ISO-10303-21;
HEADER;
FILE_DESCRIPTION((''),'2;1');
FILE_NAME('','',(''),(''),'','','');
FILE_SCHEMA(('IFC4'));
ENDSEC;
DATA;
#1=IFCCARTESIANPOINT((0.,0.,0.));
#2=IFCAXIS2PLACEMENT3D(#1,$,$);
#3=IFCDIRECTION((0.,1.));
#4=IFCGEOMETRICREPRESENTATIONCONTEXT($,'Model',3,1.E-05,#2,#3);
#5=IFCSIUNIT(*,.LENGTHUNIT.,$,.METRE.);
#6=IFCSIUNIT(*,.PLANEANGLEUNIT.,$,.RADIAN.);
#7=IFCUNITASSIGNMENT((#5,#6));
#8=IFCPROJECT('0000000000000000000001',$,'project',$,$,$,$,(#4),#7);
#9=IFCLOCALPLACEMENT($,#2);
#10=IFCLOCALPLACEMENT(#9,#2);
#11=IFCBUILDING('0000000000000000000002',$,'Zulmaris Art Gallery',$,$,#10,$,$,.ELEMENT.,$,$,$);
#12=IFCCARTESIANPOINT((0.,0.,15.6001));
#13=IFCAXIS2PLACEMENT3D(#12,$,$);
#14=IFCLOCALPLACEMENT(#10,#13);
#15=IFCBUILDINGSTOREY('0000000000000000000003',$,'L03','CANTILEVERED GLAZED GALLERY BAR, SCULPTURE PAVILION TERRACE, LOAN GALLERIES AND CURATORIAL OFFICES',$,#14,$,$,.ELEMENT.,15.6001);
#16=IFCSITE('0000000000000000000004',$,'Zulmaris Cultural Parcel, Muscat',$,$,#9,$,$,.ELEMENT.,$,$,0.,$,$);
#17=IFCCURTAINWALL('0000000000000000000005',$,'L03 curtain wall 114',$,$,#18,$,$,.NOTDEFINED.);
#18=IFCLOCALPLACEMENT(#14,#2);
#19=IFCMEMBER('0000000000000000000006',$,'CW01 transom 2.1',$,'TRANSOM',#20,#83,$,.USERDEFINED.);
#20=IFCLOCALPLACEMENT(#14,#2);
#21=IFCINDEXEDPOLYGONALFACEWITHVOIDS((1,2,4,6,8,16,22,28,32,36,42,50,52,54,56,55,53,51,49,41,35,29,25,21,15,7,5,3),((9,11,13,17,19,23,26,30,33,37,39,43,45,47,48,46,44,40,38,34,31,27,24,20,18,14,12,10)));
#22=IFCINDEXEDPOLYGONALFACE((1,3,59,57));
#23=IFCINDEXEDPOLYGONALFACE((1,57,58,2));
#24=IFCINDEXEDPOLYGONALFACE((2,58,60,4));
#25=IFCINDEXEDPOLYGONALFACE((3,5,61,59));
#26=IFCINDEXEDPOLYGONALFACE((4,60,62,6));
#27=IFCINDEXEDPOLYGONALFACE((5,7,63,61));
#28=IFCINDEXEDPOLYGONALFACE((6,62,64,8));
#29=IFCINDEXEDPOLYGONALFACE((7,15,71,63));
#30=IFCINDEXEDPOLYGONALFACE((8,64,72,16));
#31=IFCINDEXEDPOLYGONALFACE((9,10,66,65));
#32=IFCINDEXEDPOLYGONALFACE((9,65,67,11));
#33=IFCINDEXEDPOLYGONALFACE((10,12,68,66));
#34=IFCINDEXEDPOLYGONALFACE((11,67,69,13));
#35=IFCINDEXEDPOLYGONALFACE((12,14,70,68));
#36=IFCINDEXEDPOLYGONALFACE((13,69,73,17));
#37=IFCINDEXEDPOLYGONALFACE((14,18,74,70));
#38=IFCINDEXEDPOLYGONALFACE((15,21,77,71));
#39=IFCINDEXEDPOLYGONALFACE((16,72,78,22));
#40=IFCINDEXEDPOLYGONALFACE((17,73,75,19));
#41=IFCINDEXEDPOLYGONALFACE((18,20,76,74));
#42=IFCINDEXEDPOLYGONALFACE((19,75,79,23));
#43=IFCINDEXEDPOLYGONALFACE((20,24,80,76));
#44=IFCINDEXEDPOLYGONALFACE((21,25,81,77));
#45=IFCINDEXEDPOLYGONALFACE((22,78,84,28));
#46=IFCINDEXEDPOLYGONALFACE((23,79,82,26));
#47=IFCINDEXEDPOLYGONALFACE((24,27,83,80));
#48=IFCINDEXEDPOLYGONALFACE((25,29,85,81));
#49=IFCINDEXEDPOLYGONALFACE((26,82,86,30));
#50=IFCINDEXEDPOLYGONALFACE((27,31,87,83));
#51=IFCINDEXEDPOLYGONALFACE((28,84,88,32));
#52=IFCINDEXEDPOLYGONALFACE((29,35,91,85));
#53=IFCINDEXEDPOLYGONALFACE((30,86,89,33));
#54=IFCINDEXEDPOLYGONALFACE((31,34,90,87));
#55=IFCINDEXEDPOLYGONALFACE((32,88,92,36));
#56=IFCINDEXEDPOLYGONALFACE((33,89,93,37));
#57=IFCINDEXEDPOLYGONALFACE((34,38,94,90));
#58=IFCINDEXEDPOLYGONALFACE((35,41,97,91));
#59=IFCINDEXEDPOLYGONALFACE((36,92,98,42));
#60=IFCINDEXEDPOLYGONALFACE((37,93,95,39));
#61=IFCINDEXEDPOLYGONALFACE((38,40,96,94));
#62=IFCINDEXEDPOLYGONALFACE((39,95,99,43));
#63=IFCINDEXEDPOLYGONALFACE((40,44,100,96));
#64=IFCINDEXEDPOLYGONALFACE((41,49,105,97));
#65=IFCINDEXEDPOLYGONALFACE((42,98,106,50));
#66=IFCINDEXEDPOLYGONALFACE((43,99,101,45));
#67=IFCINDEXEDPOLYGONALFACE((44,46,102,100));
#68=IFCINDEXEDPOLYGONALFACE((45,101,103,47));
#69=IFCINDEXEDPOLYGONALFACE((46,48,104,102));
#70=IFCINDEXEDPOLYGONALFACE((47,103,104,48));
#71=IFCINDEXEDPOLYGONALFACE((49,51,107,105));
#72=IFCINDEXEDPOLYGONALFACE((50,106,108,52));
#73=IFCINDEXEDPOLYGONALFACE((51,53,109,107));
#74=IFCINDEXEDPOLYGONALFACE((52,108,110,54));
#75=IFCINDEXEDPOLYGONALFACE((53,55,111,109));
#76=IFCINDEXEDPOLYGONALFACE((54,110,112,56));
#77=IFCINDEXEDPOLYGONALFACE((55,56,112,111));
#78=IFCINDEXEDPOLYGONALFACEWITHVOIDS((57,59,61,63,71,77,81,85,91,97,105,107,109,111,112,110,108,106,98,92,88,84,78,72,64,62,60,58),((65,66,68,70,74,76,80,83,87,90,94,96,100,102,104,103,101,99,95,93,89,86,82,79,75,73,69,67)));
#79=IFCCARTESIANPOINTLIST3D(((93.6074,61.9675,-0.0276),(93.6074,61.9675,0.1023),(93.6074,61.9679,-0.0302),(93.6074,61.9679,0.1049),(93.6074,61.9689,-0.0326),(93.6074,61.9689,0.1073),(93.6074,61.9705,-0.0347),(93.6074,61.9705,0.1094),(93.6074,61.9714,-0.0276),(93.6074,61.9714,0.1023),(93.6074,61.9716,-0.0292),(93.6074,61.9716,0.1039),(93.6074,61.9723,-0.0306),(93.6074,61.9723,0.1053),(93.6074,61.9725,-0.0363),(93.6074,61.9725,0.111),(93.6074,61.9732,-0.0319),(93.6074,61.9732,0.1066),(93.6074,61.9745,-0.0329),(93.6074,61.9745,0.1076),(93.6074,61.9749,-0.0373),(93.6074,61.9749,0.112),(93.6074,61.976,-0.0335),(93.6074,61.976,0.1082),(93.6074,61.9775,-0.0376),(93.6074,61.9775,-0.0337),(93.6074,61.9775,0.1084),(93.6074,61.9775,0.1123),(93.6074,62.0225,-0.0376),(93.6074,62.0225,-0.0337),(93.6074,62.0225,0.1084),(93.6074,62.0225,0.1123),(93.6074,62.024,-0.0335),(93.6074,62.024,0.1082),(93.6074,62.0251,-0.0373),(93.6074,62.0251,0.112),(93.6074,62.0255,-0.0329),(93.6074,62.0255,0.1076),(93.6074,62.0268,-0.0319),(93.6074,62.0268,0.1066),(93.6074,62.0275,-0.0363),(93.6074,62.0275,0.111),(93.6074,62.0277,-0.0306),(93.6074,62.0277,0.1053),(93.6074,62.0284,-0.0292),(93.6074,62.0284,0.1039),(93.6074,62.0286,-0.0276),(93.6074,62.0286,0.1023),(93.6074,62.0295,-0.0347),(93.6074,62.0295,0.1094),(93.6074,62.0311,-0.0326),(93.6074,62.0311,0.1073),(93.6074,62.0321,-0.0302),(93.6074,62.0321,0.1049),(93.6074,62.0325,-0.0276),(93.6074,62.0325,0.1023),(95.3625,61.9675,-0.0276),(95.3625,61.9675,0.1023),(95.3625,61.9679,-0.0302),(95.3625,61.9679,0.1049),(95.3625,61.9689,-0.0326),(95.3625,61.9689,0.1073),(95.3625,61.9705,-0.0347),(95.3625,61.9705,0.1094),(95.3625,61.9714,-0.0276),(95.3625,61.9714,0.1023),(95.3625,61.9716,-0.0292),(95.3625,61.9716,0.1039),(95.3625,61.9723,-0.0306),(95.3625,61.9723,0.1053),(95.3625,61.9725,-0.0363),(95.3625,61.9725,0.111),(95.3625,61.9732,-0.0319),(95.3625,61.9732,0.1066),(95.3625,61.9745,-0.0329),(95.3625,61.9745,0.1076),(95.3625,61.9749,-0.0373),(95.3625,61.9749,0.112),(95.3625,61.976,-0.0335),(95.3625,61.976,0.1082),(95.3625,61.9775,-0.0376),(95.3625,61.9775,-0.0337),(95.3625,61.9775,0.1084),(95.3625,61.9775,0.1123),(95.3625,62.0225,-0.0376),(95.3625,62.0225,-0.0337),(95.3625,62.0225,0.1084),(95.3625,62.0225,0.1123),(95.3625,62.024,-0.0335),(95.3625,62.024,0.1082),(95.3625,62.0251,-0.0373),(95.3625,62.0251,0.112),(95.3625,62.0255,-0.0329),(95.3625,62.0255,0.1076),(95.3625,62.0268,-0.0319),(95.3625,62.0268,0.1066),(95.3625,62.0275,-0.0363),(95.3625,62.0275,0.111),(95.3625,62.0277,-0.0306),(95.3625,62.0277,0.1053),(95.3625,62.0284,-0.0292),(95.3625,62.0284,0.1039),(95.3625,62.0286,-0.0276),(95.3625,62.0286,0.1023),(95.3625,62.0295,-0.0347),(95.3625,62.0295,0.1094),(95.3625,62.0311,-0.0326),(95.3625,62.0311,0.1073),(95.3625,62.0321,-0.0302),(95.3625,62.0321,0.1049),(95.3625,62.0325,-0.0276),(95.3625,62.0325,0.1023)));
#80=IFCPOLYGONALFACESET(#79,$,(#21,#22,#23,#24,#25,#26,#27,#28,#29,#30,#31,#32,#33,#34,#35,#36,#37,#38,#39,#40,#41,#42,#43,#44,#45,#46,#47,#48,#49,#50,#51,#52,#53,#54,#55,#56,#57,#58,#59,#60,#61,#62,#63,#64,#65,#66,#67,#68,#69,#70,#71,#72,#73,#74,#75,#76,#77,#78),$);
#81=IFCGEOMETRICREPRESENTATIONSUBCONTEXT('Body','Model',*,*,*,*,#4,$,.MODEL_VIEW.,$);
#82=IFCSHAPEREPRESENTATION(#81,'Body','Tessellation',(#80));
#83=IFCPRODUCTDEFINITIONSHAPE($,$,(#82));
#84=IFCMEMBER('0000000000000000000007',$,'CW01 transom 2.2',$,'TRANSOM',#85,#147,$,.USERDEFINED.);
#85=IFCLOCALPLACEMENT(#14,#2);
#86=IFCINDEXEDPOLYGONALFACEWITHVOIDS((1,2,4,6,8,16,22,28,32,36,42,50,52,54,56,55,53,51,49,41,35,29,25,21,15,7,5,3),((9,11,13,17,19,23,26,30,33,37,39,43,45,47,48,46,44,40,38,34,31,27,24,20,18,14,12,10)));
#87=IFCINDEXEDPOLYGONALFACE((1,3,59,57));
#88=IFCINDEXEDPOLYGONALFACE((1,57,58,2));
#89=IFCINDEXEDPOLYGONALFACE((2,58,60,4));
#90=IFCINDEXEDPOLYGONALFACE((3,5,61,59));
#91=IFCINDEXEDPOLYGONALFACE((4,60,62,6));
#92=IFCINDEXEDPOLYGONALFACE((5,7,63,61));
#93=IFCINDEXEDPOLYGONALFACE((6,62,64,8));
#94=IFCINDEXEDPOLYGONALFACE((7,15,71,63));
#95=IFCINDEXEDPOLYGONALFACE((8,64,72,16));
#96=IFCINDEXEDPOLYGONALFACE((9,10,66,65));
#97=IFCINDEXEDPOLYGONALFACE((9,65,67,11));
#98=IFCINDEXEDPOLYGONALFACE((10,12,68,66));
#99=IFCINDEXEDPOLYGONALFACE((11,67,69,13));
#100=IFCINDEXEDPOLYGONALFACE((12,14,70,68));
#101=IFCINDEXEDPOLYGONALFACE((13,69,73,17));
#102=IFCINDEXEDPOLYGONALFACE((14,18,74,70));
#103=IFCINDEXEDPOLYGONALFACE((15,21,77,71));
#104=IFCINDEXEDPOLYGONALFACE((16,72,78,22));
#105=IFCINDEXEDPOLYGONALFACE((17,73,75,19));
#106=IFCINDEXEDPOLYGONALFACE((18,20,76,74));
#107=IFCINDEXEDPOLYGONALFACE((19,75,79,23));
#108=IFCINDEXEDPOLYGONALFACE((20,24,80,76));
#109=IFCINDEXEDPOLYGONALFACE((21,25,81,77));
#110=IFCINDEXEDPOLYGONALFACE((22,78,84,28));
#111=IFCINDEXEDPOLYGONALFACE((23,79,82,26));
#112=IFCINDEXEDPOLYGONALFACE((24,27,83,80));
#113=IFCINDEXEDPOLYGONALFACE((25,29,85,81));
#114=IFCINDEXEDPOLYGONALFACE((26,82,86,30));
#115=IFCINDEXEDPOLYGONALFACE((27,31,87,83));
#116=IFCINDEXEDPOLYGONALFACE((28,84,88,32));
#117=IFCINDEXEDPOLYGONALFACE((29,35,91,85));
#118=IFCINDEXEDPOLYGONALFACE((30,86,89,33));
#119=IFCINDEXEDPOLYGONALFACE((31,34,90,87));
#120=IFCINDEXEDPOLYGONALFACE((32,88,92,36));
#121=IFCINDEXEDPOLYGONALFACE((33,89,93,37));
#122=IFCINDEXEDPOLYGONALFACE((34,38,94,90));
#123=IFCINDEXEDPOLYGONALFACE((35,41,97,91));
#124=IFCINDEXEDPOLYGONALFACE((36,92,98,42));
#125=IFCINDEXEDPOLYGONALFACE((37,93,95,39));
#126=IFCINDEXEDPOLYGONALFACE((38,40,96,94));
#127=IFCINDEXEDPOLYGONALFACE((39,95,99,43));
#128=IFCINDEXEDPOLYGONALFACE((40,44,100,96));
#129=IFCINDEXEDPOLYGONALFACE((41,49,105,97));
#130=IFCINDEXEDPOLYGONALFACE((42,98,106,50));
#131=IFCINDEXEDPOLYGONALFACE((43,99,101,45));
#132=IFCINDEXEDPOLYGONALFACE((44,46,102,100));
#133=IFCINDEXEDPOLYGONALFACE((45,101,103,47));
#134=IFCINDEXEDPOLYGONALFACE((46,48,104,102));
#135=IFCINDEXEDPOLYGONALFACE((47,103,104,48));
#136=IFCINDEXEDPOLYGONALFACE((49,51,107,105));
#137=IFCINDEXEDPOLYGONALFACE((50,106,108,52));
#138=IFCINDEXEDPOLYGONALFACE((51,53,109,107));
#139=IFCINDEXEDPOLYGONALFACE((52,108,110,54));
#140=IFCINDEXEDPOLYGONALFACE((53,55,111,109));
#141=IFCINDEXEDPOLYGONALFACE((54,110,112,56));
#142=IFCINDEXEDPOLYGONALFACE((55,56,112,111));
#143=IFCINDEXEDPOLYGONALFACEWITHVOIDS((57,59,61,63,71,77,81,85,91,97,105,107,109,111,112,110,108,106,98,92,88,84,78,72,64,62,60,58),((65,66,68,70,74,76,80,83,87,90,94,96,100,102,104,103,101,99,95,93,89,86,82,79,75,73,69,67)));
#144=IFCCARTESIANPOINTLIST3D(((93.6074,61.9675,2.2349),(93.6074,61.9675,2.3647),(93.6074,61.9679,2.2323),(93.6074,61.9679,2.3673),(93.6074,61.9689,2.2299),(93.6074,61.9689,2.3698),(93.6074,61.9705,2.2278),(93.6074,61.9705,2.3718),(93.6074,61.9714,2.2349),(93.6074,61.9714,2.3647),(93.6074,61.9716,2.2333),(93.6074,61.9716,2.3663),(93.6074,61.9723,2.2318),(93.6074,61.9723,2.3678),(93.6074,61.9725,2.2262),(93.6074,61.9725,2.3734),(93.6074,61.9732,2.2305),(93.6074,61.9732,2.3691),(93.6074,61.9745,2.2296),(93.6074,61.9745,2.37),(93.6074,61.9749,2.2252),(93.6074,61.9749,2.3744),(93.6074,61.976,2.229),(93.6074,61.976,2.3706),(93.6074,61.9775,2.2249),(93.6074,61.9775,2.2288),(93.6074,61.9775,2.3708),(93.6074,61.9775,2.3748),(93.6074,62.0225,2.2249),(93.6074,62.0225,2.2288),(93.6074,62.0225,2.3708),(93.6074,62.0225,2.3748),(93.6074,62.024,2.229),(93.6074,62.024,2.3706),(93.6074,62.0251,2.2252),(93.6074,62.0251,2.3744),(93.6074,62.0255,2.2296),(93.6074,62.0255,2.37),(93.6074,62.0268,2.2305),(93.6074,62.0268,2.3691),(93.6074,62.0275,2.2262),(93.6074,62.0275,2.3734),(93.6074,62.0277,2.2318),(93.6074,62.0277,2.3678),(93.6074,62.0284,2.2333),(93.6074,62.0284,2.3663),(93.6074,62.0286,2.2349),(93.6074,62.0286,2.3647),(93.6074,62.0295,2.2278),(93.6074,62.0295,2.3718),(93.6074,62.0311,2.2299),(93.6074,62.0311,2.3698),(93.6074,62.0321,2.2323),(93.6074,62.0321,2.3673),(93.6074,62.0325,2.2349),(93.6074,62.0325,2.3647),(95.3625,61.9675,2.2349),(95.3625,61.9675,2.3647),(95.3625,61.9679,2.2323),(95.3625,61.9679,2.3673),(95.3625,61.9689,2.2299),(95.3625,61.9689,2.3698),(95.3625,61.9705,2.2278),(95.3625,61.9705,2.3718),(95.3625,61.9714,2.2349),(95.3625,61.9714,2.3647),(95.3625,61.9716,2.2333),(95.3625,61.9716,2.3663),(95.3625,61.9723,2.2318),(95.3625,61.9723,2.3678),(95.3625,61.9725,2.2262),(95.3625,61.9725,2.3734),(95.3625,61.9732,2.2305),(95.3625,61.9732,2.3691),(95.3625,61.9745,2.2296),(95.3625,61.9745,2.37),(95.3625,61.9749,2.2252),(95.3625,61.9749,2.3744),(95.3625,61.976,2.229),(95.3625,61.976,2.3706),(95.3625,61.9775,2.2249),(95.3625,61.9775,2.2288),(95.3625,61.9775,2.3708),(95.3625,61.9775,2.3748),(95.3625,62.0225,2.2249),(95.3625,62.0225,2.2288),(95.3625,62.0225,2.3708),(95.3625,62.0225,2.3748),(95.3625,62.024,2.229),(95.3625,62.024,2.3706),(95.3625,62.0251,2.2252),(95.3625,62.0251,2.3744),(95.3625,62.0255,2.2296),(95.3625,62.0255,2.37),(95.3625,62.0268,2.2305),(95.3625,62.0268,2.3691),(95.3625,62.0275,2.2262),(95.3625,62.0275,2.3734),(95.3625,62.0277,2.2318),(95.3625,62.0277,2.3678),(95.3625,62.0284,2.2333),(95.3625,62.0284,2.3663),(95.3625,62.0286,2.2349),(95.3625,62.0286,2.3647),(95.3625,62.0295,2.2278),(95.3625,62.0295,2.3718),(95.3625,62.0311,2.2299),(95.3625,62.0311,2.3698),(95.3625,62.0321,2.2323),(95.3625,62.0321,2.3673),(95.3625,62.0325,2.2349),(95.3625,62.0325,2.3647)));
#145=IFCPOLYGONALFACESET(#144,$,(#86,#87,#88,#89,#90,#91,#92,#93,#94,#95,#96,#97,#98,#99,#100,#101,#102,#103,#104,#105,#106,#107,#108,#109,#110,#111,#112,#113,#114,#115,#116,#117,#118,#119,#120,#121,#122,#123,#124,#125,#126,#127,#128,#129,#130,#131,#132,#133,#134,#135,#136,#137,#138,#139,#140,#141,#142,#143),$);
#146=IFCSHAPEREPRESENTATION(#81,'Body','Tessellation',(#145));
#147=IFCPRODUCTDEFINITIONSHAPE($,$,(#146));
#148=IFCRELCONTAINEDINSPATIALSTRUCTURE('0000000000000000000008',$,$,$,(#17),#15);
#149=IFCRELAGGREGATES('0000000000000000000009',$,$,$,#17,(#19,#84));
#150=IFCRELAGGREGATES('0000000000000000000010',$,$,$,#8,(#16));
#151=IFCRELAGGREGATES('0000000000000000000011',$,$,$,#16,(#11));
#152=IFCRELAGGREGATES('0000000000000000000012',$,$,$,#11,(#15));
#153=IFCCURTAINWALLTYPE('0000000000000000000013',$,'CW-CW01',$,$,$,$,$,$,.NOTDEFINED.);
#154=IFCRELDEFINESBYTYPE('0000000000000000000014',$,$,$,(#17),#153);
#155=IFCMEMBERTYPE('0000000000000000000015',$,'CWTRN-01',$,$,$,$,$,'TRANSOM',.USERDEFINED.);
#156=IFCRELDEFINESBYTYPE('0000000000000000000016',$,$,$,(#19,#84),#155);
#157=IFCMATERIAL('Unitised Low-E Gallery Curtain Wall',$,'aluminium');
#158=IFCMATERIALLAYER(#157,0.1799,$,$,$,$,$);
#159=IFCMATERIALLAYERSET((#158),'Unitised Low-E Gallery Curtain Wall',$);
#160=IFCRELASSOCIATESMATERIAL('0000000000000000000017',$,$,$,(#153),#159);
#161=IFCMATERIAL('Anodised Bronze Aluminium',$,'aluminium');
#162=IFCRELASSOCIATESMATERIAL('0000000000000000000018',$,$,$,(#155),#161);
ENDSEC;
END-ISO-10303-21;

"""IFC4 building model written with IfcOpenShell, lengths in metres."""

from ifc_helpers import new_model, si_unit, direction, frame, origin, origin_2d, place, context, subcontext, project, spatial, hollow_rectangle, extrude, material, layer, layer_set, material_profile, profile_set, type_object, element, aggregate, save


model = new_model("IFC4")

# Units and contexts
model_context = context("Model", 3, precision=1e-05, world=origin(), true_north=direction((0.0, 1.0)))
body_context = subcontext(model_context, "Body", "Model", "MODEL_VIEW")
ifc_project = project(units=[si_unit("LENGTHUNIT", "METRE"), si_unit("PLANEANGLEUNIT", "RADIAN")], contexts=[model_context])

# Site, building, storey
site_placement = place(None, origin())
site = spatial("IfcSite", under=ifc_project, at=site_placement, Name="Zulmaris Cultural Parcel, Muscat", CompositionType="ELEMENT", RefElevation=0.0)
building_placement = place(site_placement, origin())
building = spatial("IfcBuilding", under=site, at=building_placement, Name="Zulmaris Art Gallery", CompositionType="ELEMENT")
storey_placement = place(building_placement, frame((0.0, 0.0, 15.6001)))
storey = spatial("IfcBuildingStorey", under=building, at=storey_placement, Name="L03", Description="CANTILEVERED GLAZED GALLERY BAR, SCULPTURE PAVILION TERRACE, LOAN GALLERIES AND CURATORIAL OFFICES", CompositionType="ELEMENT", Elevation=15.6001)

# Curtain wall, members
ifc_material_1 = material(Name="Unitised Low-E Gallery Curtain Wall", Category="aluminium")
ifc_layer_1 = layer(ifc_material_1, 0.1799)
ifc_layer_set_1 = layer_set([ifc_layer_1], Name="Unitised Low-E Gallery Curtain Wall")
curtain_wall_type = type_object("IfcCurtainWallType", Name="CW-CW01", PredefinedType="NOTDEFINED", material=ifc_layer_set_1)
curtain_wall_placement = place(storey_placement, origin())
curtain_wall = element("IfcCurtainWall", 1, at=curtain_wall_placement, inside=storey, type_object=curtain_wall_type, Name="L03 curtain wall 114", PredefinedType="NOTDEFINED")
ifc_material_2 = material(Name="Anodised Bronze Aluminium", Category="aluminium")
ifc_material_profile_1 = material_profile(ifc_material_2, hollow_rectangle(XDim=0.0649, YDim=0.1499, WallThickness=0.0039, InnerFilletRadius=0.0061, OuterFilletRadius=0.01, at=origin_2d()), Name="ALU 65x150x4")
ifc_profile_set_1 = profile_set([ifc_material_profile_1], Name="Anodised Bronze Aluminium")
member_type_1 = type_object("IfcMemberType", Name="CWTRN-01", ElementType="TRANSOM", PredefinedType="USERDEFINED", material=ifc_profile_set_1)
member_1_placement = place(storey_placement, frame((93.6074, 62.0, 0.0374), z_axis=(1.0, 0.0, 0.0), x_axis=(0.0, 1.0, 0.0)))
member_1 = element("IfcMember", 2, at=member_1_placement, type_object=member_type_1, Name="CW01 transom 2.1", ObjectType="TRANSOM", PredefinedType="USERDEFINED", context=body_context, shape_type="SweptSolid", body=[
    extrude(hollow_rectangle(XDim=0.0649, YDim=0.1499, WallThickness=0.0039, InnerFilletRadius=0.0061, OuterFilletRadius=0.01, at=origin_2d()), origin(), (0.0, 0.0, 1.0), 1.7551),
])
member_2_placement = place(storey_placement, frame((93.6074, 62.0, 2.2998), z_axis=(1.0, 0.0, 0.0), x_axis=(0.0, 1.0, 0.0)))
member_2 = element("IfcMember", 3, at=member_2_placement, type_object=member_type_1, Name="CW01 transom 2.2", ObjectType="TRANSOM", PredefinedType="USERDEFINED", context=body_context, shape_type="SweptSolid", body=[
    extrude(hollow_rectangle(XDim=0.0649, YDim=0.1499, WallThickness=0.0039, InnerFilletRadius=0.0061, OuterFilletRadius=0.01, at=origin_2d()), origin(), (0.0, 0.0, 1.0), 1.7551),
])
aggregate(curtain_wall, [member_1, member_2])

save(model, "model.ifc")
